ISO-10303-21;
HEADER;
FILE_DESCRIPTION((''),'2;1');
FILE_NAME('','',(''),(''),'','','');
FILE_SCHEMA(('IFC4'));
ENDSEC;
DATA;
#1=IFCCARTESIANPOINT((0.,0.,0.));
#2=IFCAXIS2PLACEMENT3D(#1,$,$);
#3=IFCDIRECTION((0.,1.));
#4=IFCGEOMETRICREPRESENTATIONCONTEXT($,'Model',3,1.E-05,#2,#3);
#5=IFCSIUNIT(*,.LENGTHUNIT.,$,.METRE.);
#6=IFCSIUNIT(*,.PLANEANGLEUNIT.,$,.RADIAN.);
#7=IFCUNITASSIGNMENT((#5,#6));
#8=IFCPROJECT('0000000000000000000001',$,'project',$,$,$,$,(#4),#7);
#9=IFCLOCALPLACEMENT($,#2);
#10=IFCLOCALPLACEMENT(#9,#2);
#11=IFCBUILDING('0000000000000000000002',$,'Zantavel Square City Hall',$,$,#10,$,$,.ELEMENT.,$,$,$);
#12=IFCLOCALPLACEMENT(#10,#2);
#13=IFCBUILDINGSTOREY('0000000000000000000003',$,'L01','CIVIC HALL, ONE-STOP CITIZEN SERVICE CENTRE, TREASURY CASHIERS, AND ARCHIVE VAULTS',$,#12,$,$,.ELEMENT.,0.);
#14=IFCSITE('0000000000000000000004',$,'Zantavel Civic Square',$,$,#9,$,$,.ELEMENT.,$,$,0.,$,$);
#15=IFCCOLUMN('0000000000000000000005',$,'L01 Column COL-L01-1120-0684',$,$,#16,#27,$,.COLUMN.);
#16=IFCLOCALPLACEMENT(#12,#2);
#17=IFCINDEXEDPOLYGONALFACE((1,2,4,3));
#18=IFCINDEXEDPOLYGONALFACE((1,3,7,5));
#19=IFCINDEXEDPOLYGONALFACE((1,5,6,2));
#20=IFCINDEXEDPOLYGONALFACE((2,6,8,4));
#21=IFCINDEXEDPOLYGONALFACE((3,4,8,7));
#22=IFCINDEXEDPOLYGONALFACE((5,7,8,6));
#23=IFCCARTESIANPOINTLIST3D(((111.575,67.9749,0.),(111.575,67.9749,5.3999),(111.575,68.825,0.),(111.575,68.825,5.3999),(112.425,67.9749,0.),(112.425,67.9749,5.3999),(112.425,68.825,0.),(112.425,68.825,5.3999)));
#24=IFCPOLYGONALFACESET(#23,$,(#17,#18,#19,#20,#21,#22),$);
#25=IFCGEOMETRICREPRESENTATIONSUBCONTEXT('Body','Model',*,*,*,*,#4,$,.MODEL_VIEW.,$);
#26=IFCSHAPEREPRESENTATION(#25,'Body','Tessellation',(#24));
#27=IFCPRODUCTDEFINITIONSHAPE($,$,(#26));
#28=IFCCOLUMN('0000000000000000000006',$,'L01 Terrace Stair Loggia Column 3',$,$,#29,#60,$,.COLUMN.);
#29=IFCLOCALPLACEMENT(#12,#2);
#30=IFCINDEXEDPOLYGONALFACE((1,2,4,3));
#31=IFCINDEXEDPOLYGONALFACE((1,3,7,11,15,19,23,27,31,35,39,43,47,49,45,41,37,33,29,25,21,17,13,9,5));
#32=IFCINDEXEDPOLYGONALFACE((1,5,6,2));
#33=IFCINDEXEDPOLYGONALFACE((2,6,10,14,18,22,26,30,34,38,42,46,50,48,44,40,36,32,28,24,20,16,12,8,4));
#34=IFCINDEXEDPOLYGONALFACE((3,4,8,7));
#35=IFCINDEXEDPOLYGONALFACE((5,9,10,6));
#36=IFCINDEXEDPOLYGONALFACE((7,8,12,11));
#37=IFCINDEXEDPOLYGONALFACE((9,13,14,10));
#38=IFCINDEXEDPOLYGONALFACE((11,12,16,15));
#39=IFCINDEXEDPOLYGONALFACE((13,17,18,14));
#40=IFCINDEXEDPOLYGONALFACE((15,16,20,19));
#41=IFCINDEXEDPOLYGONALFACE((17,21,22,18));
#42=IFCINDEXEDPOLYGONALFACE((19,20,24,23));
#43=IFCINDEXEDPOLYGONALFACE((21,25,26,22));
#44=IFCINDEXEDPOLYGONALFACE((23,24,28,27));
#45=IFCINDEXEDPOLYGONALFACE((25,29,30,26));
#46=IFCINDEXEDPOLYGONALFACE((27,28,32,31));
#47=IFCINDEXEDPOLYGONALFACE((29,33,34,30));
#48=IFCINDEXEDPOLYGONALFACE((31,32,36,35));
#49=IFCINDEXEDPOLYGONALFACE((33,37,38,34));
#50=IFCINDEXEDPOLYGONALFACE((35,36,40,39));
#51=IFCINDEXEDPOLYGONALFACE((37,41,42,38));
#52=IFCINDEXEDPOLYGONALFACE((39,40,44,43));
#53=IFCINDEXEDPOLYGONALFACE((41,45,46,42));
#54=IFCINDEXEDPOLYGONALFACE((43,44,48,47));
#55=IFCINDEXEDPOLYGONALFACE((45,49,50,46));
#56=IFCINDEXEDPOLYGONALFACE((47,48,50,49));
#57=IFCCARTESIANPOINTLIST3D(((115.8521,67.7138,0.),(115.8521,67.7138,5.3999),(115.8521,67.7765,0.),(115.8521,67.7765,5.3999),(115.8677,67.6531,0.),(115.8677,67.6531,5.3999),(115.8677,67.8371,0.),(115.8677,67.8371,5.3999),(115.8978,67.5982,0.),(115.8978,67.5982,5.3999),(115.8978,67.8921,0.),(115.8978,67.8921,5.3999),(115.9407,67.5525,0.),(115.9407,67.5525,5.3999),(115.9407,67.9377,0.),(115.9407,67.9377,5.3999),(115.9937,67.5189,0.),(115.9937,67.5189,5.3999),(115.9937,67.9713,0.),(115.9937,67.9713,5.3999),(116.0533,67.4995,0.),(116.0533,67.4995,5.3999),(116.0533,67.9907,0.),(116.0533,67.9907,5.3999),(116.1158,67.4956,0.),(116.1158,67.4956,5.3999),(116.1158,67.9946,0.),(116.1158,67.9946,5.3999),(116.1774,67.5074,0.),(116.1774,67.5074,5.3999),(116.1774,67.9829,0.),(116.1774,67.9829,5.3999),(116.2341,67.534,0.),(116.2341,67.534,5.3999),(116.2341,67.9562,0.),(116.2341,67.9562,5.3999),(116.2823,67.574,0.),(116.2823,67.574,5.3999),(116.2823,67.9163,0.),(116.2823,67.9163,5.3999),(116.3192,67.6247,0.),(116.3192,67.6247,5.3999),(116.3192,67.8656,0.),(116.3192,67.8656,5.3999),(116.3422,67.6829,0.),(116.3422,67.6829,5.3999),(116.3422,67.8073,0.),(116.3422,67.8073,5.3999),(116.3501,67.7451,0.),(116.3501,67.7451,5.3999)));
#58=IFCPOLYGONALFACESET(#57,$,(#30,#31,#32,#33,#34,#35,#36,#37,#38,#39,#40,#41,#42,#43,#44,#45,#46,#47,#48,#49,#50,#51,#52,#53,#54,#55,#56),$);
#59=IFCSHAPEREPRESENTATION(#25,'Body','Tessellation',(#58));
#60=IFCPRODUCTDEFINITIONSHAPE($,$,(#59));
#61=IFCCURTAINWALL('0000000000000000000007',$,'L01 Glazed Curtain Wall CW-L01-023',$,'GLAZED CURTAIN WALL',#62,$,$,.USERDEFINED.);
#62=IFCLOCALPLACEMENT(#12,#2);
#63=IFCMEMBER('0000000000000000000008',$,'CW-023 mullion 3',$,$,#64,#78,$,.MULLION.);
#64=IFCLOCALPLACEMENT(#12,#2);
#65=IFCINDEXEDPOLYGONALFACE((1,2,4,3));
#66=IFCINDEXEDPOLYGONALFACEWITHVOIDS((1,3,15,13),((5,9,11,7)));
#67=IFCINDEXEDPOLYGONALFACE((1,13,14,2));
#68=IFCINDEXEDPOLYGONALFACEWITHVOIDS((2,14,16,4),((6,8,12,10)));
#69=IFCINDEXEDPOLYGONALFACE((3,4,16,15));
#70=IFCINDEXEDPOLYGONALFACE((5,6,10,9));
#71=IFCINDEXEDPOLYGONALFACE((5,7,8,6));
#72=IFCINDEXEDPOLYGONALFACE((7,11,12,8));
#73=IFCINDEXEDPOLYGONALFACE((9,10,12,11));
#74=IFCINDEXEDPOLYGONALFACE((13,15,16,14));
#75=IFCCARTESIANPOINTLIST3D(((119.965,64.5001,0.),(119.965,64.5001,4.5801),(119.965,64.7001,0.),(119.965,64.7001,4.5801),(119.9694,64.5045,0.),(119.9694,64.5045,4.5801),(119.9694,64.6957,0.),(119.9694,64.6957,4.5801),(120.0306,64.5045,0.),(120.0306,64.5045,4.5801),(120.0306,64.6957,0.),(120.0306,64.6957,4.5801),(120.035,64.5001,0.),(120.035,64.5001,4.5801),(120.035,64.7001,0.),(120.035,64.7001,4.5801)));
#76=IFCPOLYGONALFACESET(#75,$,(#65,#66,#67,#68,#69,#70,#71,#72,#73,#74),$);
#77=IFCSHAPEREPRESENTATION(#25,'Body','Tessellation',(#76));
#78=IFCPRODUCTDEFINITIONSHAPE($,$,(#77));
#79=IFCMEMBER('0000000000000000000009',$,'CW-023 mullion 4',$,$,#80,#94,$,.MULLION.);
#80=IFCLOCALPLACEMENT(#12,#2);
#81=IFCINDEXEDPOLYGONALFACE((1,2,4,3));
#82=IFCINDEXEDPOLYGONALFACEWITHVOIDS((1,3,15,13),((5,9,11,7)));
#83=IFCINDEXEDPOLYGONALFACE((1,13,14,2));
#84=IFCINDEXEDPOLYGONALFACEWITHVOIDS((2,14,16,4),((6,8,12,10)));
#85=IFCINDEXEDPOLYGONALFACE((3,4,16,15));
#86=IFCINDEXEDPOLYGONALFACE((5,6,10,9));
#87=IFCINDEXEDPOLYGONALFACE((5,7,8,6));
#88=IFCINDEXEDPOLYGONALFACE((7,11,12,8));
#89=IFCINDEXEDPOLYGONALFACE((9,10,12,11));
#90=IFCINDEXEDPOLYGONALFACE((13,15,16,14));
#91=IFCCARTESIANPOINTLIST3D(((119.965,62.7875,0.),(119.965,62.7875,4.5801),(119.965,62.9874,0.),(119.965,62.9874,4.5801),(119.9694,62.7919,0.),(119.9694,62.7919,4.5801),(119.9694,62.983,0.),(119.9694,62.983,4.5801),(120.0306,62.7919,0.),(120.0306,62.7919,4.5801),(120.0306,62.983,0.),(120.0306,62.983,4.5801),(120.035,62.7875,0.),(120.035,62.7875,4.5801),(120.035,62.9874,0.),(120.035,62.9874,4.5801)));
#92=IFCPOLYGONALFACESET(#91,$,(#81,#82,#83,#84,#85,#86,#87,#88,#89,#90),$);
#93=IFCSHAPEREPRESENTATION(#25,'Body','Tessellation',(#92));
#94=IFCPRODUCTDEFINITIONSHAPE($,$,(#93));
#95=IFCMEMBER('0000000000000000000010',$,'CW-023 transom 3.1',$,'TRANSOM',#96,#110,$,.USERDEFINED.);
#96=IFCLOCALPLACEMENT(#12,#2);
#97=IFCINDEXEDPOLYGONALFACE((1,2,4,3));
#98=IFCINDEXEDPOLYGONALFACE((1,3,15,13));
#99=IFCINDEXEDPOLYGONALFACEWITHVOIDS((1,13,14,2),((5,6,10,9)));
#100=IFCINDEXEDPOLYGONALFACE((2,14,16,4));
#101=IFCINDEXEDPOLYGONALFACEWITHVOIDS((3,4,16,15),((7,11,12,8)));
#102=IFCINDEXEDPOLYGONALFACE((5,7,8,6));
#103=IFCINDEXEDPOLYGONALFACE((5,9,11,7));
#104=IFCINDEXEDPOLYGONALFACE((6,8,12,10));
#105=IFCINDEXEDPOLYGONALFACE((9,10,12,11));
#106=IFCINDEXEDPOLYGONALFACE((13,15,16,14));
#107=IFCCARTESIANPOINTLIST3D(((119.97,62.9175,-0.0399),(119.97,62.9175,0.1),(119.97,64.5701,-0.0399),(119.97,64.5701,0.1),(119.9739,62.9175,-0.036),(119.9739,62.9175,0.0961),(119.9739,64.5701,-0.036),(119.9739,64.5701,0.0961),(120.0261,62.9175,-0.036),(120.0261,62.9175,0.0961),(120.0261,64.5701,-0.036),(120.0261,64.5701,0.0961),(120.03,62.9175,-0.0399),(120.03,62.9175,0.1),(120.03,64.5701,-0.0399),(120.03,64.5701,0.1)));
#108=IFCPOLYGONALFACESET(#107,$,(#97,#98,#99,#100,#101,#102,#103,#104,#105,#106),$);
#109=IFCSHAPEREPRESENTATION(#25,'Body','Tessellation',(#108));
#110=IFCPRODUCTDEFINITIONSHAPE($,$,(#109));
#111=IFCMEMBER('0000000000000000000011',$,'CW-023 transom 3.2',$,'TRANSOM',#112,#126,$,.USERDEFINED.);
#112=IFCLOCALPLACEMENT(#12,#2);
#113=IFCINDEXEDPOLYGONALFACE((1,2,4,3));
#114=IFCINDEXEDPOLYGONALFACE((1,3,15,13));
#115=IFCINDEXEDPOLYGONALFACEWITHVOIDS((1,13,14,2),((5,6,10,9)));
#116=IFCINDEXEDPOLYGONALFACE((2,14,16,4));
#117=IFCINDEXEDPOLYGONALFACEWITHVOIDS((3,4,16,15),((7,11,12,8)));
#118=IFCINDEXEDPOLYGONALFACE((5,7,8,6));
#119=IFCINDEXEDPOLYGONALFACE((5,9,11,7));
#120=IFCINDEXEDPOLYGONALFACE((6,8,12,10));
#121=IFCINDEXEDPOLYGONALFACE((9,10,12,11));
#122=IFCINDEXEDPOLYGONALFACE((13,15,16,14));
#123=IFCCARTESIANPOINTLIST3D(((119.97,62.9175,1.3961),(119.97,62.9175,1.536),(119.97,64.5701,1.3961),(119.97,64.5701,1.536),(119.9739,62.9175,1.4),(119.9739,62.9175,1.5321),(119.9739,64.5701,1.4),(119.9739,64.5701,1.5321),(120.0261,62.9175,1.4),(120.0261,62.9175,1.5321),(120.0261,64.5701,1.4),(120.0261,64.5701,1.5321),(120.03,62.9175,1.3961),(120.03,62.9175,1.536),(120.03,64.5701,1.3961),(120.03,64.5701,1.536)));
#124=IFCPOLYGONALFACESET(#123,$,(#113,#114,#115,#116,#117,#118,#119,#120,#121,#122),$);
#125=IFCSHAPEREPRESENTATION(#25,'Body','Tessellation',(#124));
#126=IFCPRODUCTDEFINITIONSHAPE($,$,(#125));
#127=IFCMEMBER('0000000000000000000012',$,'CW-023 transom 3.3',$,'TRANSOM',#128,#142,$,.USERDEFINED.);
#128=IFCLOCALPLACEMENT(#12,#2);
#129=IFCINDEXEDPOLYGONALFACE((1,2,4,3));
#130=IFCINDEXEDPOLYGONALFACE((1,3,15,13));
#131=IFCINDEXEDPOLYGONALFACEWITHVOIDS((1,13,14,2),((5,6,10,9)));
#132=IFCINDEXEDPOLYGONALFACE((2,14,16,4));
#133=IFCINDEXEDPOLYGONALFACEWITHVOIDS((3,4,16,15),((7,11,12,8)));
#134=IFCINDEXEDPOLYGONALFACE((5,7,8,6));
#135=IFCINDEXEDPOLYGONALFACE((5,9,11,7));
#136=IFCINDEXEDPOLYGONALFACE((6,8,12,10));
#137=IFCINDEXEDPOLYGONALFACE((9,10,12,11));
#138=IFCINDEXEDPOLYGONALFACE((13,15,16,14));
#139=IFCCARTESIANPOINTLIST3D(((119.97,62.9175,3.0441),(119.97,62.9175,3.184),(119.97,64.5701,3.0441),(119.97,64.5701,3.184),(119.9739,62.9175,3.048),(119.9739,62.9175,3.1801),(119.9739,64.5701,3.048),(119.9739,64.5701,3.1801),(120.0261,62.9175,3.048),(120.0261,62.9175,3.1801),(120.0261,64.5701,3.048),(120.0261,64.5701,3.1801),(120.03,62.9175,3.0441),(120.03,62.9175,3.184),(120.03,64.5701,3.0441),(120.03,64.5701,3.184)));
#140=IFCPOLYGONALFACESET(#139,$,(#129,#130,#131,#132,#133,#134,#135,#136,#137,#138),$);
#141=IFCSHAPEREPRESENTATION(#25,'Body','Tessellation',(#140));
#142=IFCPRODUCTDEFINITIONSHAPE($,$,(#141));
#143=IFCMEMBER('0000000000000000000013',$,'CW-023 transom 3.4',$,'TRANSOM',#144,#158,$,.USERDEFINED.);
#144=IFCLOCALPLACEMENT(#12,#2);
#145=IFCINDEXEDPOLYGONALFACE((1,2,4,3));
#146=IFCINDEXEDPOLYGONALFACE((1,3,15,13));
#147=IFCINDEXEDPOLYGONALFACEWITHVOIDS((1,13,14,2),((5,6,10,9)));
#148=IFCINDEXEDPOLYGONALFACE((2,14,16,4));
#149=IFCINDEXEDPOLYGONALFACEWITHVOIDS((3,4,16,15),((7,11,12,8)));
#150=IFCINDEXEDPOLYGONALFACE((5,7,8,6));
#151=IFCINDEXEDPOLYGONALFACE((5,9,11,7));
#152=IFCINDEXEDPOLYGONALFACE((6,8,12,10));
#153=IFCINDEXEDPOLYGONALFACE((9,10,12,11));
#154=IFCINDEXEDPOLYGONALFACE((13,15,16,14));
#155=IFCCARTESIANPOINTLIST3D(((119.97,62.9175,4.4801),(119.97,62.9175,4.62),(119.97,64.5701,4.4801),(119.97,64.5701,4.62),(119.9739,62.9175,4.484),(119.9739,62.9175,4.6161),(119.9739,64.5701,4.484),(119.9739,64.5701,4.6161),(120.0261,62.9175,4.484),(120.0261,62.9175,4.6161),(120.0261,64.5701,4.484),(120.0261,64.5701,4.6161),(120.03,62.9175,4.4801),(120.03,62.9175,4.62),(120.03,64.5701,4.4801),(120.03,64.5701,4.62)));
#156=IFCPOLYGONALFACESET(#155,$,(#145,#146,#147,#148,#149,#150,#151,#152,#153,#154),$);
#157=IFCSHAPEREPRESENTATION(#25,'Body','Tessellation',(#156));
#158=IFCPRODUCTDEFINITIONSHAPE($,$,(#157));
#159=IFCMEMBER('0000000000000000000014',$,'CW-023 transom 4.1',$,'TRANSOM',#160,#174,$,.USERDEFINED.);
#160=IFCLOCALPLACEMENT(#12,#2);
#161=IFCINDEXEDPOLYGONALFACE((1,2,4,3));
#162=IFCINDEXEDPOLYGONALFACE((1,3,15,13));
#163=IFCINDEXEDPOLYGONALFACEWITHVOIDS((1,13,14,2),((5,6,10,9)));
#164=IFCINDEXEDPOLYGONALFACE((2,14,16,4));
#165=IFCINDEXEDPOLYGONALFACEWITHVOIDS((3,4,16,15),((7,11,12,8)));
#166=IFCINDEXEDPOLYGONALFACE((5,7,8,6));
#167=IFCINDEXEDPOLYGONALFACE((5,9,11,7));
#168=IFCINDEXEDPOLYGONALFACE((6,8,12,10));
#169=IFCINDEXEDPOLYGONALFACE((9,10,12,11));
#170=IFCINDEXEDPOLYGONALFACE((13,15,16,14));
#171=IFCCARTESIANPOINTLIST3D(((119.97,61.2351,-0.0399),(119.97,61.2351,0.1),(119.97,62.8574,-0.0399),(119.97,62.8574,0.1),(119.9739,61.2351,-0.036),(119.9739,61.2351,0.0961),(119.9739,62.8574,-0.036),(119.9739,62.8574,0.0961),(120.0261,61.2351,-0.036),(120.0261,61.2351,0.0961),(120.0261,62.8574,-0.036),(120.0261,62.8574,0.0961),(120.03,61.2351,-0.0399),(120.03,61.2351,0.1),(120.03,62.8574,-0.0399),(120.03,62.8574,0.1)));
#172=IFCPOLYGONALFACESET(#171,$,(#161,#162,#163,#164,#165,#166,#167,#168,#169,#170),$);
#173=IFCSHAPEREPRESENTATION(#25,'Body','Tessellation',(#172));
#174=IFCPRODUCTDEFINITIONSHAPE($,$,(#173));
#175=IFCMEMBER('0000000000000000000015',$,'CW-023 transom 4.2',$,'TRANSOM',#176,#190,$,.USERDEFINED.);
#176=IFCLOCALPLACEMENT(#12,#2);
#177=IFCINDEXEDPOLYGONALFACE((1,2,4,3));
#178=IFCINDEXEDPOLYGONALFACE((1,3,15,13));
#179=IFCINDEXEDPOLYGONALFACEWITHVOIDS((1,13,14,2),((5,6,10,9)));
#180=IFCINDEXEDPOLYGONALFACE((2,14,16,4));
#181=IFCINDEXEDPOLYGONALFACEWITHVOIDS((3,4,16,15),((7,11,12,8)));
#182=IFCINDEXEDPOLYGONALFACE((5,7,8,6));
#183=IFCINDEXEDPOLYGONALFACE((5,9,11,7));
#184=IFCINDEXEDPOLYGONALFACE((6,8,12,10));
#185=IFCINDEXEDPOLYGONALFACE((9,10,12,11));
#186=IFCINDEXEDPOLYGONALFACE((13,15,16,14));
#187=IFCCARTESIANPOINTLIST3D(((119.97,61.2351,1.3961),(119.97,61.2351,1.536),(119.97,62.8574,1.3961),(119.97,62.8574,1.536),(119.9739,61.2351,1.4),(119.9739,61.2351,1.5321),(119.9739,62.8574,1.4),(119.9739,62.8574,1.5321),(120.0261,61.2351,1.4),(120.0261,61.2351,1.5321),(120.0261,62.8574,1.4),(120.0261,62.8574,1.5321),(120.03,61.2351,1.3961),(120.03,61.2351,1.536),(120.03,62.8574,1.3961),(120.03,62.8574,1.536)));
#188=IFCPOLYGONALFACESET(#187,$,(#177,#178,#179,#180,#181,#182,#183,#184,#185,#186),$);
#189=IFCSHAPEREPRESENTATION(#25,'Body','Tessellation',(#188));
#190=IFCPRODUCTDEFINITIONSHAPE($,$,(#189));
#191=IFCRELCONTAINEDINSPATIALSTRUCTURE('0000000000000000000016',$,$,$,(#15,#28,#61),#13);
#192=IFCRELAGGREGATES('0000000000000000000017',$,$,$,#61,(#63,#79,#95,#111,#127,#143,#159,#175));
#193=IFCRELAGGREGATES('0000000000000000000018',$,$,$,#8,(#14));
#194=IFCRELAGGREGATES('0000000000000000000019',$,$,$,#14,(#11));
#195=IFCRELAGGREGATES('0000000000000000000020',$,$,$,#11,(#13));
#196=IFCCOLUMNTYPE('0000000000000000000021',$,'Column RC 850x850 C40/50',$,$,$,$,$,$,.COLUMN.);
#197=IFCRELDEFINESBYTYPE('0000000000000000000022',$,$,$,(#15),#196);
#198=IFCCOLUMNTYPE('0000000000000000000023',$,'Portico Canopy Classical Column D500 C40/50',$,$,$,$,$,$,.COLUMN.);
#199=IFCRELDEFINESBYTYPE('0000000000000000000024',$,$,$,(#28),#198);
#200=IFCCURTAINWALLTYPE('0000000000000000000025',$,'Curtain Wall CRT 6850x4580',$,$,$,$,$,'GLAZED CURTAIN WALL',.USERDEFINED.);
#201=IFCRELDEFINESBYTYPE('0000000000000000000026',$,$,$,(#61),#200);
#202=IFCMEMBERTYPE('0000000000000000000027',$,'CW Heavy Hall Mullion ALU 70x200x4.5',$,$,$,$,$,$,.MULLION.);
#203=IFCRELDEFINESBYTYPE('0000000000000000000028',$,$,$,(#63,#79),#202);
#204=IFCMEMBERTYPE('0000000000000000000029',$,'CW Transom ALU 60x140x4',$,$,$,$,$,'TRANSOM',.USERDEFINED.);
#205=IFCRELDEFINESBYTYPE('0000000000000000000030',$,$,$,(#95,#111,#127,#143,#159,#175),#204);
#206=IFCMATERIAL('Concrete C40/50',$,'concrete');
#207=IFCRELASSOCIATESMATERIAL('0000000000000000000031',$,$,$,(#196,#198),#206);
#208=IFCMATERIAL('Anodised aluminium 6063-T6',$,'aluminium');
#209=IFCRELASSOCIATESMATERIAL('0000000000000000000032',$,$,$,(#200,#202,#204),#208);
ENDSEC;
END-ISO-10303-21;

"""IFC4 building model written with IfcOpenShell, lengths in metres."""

from ifc_helpers import new_model, si_unit, direction, frame, origin, origin_2d, place, context, subcontext, project, spatial, rectangle, hollow_rectangle, circle, extrude, material, material_profile, profile_set, type_object, element, aggregate, save


model = new_model("IFC4")

# Units and contexts
model_context = context("Model", 3, precision=1e-05, world=origin(), true_north=direction((0.0, 1.0)))
body_context = subcontext(model_context, "Body", "Model", "MODEL_VIEW")
ifc_project = project(units=[si_unit("LENGTHUNIT", "METRE"), si_unit("PLANEANGLEUNIT", "RADIAN")], contexts=[model_context])

# Site, building, storey
site_placement = place(None, origin())
site = spatial("IfcSite", under=ifc_project, at=site_placement, Name="Zantavel Civic Square", CompositionType="ELEMENT", RefElevation=0.0)
building_placement = place(site_placement, origin())
building = spatial("IfcBuilding", under=site, at=building_placement, Name="Zantavel Square City Hall", CompositionType="ELEMENT")
storey_placement = place(building_placement, origin())
storey = spatial("IfcBuildingStorey", under=building, at=storey_placement, Name="L01", Description="CIVIC HALL, ONE-STOP CITIZEN SERVICE CENTRE, TREASURY CASHIERS, AND ARCHIVE VAULTS", CompositionType="ELEMENT", Elevation=0.0)

# Columns
ifc_material_1 = material(Name="Concrete C40/50", Category="concrete")
ifc_material_profile_1 = material_profile(ifc_material_1, rectangle(XDim=0.8501, YDim=0.8501, at=origin_2d()), Name="RC 850x850")
ifc_profile_set_1 = profile_set([ifc_material_profile_1], Name="Concrete C40/50")
column_type_1 = type_object("IfcColumnType", Name="Column RC 850x850 C40/50", PredefinedType="COLUMN", material=ifc_profile_set_1)
column_1_placement = place(storey_placement, frame((112.0, 68.3999, 0.0), z_axis=(0.0, 0.0, 1.0), x_axis=(1.0, 0.0, 0.0)))
element("IfcColumn", 1, at=column_1_placement, inside=storey, type_object=column_type_1, Name="L01 Column COL-L01-1120-0684", PredefinedType="COLUMN", context=body_context, shape_type="SweptSolid", body=[
    extrude(rectangle(XDim=0.8501, YDim=0.8501, at=origin_2d()), origin(), (0.0, 0.0, 1.0), 5.3999),
])
ifc_material_profile_2 = material_profile(ifc_material_1, circle(Radius=0.25, at=origin_2d()), Name="ROUND D500")
ifc_profile_set_2 = profile_set([ifc_material_profile_2], Name="Concrete C40/50")
column_type_2 = type_object("IfcColumnType", Name="Portico Canopy Classical Column D500 C40/50", PredefinedType="COLUMN", material=ifc_profile_set_2)
column_2_placement = place(storey_placement, frame((116.1001, 67.7451, 0.0), z_axis=(0.0, 0.0, 1.0), x_axis=(1.0, 0.0, 0.0)))
element("IfcColumn", 2, at=column_2_placement, inside=storey, type_object=column_type_2, Name="L01 Terrace Stair Loggia Column 3", PredefinedType="COLUMN", context=body_context, shape_type="SweptSolid", body=[
    extrude(circle(Radius=0.25, at=origin_2d()), origin(), (0.0, 0.0, 1.0), 5.3999),
])

# Curtain wall, members
ifc_material_2 = material(Name="Anodised aluminium 6063-T6", Category="aluminium")
curtain_wall_type = type_object("IfcCurtainWallType", Name="Curtain Wall CRT 6850x4580", ElementType="GLAZED CURTAIN WALL", PredefinedType="USERDEFINED", material=ifc_material_2)
curtain_wall_placement = place(storey_placement, origin())
curtain_wall = element("IfcCurtainWall", 3, at=curtain_wall_placement, inside=storey, type_object=curtain_wall_type, Name="L01 Glazed Curtain Wall CW-L01-023", ObjectType="GLAZED CURTAIN WALL", PredefinedType="USERDEFINED")
ifc_material_profile_3 = material_profile(ifc_material_2, hollow_rectangle(XDim=0.0701, YDim=0.2, WallThickness=0.0044, at=origin_2d()), Name="ALU 70x200x4.5")
ifc_profile_set_3 = profile_set([ifc_material_profile_3], Name="Anodised aluminium 6063-T6")
member_type_1 = type_object("IfcMemberType", Name="CW Heavy Hall Mullion ALU 70x200x4.5", PredefinedType="MULLION", material=ifc_profile_set_3)
member_1_placement = place(storey_placement, frame((120.0, 64.6001, 0.0), z_axis=(0.0, 0.0, 1.0), x_axis=(1.0, 0.0, 0.0)))
member_1 = element("IfcMember", 4, at=member_1_placement, type_object=member_type_1, Name="CW-023 mullion 3", PredefinedType="MULLION", context=body_context, shape_type="SweptSolid", body=[
    extrude(hollow_rectangle(XDim=0.0701, YDim=0.2, WallThickness=0.0044, at=origin_2d()), origin(), (0.0, 0.0, 1.0), 4.5801),
])
member_2_placement = place(storey_placement, frame((120.0, 62.8875, 0.0), z_axis=(0.0, 0.0, 1.0), x_axis=(1.0, 0.0, 0.0)))
member_2 = element("IfcMember", 5, at=member_2_placement, type_object=member_type_1, Name="CW-023 mullion 4", PredefinedType="MULLION", context=body_context, shape_type="SweptSolid", body=[
    extrude(hollow_rectangle(XDim=0.0701, YDim=0.2, WallThickness=0.0044, at=origin_2d()), origin(), (0.0, 0.0, 1.0), 4.5801),
])
ifc_material_profile_4 = material_profile(ifc_material_2, hollow_rectangle(XDim=0.0601, YDim=0.1399, WallThickness=0.0039, at=origin_2d()), Name="ALU 60x140x4")
ifc_profile_set_4 = profile_set([ifc_material_profile_4], Name="Anodised aluminium 6063-T6")
member_type_2 = type_object("IfcMemberType", Name="CW Transom ALU 60x140x4", ElementType="TRANSOM", PredefinedType="USERDEFINED", material=ifc_profile_set_4)
member_3_placement = place(storey_placement, frame((120.0, 64.5701, 0.03), z_axis=(0.0, -1.0, 0.0), x_axis=(1.0, 0.0, 0.0)))
member_3 = element("IfcMember", 6, at=member_3_placement, type_object=member_type_2, Name="CW-023 transom 3.1", ObjectType="TRANSOM", PredefinedType="USERDEFINED", context=body_context, shape_type="SweptSolid", body=[
    extrude(hollow_rectangle(XDim=0.0601, YDim=0.1399, WallThickness=0.0039, at=origin_2d()), origin(), (0.0, 0.0, 1.0), 1.6526),
])
member_4_placement = place(storey_placement, frame((120.0, 64.5701, 1.4661), z_axis=(0.0, -1.0, 0.0), x_axis=(1.0, 0.0, 0.0)))
member_4 = element("IfcMember", 7, at=member_4_placement, type_object=member_type_2, Name="CW-023 transom 3.2", ObjectType="TRANSOM", PredefinedType="USERDEFINED", context=body_context, shape_type="SweptSolid", body=[
    extrude(hollow_rectangle(XDim=0.0601, YDim=0.1399, WallThickness=0.0039, at=origin_2d()), origin(), (0.0, 0.0, 1.0), 1.6526),
])
member_5_placement = place(storey_placement, frame((120.0, 64.5701, 3.114), z_axis=(0.0, -1.0, 0.0), x_axis=(1.0, 0.0, 0.0)))
member_5 = element("IfcMember", 8, at=member_5_placement, type_object=member_type_2, Name="CW-023 transom 3.3", ObjectType="TRANSOM", PredefinedType="USERDEFINED", context=body_context, shape_type="SweptSolid", body=[
    extrude(hollow_rectangle(XDim=0.0601, YDim=0.1399, WallThickness=0.0039, at=origin_2d()), origin(), (0.0, 0.0, 1.0), 1.6526),
])
member_6_placement = place(storey_placement, frame((120.0, 64.5701, 4.55), z_axis=(0.0, -1.0, 0.0), x_axis=(1.0, 0.0, 0.0)))
member_6 = element("IfcMember", 9, at=member_6_placement, type_object=member_type_2, Name="CW-023 transom 3.4", ObjectType="TRANSOM", PredefinedType="USERDEFINED", context=body_context, shape_type="SweptSolid", body=[
    extrude(hollow_rectangle(XDim=0.0601, YDim=0.1399, WallThickness=0.0039, at=origin_2d()), origin(), (0.0, 0.0, 1.0), 1.6526),
])
member_7_placement = place(storey_placement, frame((120.0, 62.8574, 0.03), z_axis=(0.0, -1.0, 0.0), x_axis=(1.0, 0.0, 0.0)))
member_7 = element("IfcMember", 10, at=member_7_placement, type_object=member_type_2, Name="CW-023 transom 4.1", ObjectType="TRANSOM", PredefinedType="USERDEFINED", context=body_context, shape_type="SweptSolid", body=[
    extrude(hollow_rectangle(XDim=0.0601, YDim=0.1399, WallThickness=0.0039, at=origin_2d()), origin(), (0.0, 0.0, 1.0), 1.6223),
])
member_8_placement = place(storey_placement, frame((120.0, 62.8574, 1.4661), z_axis=(0.0, -1.0, 0.0), x_axis=(1.0, 0.0, 0.0)))
member_8 = element("IfcMember", 11, at=member_8_placement, type_object=member_type_2, Name="CW-023 transom 4.2", ObjectType="TRANSOM", PredefinedType="USERDEFINED", context=body_context, shape_type="SweptSolid", body=[
    extrude(hollow_rectangle(XDim=0.0601, YDim=0.1399, WallThickness=0.0039, at=origin_2d()), origin(), (0.0, 0.0, 1.0), 1.6223),
])

aggregate(curtain_wall, [member_1, member_2, member_3, member_4, member_5, member_6, member_7, member_8])

save(model, "model.ifc")
